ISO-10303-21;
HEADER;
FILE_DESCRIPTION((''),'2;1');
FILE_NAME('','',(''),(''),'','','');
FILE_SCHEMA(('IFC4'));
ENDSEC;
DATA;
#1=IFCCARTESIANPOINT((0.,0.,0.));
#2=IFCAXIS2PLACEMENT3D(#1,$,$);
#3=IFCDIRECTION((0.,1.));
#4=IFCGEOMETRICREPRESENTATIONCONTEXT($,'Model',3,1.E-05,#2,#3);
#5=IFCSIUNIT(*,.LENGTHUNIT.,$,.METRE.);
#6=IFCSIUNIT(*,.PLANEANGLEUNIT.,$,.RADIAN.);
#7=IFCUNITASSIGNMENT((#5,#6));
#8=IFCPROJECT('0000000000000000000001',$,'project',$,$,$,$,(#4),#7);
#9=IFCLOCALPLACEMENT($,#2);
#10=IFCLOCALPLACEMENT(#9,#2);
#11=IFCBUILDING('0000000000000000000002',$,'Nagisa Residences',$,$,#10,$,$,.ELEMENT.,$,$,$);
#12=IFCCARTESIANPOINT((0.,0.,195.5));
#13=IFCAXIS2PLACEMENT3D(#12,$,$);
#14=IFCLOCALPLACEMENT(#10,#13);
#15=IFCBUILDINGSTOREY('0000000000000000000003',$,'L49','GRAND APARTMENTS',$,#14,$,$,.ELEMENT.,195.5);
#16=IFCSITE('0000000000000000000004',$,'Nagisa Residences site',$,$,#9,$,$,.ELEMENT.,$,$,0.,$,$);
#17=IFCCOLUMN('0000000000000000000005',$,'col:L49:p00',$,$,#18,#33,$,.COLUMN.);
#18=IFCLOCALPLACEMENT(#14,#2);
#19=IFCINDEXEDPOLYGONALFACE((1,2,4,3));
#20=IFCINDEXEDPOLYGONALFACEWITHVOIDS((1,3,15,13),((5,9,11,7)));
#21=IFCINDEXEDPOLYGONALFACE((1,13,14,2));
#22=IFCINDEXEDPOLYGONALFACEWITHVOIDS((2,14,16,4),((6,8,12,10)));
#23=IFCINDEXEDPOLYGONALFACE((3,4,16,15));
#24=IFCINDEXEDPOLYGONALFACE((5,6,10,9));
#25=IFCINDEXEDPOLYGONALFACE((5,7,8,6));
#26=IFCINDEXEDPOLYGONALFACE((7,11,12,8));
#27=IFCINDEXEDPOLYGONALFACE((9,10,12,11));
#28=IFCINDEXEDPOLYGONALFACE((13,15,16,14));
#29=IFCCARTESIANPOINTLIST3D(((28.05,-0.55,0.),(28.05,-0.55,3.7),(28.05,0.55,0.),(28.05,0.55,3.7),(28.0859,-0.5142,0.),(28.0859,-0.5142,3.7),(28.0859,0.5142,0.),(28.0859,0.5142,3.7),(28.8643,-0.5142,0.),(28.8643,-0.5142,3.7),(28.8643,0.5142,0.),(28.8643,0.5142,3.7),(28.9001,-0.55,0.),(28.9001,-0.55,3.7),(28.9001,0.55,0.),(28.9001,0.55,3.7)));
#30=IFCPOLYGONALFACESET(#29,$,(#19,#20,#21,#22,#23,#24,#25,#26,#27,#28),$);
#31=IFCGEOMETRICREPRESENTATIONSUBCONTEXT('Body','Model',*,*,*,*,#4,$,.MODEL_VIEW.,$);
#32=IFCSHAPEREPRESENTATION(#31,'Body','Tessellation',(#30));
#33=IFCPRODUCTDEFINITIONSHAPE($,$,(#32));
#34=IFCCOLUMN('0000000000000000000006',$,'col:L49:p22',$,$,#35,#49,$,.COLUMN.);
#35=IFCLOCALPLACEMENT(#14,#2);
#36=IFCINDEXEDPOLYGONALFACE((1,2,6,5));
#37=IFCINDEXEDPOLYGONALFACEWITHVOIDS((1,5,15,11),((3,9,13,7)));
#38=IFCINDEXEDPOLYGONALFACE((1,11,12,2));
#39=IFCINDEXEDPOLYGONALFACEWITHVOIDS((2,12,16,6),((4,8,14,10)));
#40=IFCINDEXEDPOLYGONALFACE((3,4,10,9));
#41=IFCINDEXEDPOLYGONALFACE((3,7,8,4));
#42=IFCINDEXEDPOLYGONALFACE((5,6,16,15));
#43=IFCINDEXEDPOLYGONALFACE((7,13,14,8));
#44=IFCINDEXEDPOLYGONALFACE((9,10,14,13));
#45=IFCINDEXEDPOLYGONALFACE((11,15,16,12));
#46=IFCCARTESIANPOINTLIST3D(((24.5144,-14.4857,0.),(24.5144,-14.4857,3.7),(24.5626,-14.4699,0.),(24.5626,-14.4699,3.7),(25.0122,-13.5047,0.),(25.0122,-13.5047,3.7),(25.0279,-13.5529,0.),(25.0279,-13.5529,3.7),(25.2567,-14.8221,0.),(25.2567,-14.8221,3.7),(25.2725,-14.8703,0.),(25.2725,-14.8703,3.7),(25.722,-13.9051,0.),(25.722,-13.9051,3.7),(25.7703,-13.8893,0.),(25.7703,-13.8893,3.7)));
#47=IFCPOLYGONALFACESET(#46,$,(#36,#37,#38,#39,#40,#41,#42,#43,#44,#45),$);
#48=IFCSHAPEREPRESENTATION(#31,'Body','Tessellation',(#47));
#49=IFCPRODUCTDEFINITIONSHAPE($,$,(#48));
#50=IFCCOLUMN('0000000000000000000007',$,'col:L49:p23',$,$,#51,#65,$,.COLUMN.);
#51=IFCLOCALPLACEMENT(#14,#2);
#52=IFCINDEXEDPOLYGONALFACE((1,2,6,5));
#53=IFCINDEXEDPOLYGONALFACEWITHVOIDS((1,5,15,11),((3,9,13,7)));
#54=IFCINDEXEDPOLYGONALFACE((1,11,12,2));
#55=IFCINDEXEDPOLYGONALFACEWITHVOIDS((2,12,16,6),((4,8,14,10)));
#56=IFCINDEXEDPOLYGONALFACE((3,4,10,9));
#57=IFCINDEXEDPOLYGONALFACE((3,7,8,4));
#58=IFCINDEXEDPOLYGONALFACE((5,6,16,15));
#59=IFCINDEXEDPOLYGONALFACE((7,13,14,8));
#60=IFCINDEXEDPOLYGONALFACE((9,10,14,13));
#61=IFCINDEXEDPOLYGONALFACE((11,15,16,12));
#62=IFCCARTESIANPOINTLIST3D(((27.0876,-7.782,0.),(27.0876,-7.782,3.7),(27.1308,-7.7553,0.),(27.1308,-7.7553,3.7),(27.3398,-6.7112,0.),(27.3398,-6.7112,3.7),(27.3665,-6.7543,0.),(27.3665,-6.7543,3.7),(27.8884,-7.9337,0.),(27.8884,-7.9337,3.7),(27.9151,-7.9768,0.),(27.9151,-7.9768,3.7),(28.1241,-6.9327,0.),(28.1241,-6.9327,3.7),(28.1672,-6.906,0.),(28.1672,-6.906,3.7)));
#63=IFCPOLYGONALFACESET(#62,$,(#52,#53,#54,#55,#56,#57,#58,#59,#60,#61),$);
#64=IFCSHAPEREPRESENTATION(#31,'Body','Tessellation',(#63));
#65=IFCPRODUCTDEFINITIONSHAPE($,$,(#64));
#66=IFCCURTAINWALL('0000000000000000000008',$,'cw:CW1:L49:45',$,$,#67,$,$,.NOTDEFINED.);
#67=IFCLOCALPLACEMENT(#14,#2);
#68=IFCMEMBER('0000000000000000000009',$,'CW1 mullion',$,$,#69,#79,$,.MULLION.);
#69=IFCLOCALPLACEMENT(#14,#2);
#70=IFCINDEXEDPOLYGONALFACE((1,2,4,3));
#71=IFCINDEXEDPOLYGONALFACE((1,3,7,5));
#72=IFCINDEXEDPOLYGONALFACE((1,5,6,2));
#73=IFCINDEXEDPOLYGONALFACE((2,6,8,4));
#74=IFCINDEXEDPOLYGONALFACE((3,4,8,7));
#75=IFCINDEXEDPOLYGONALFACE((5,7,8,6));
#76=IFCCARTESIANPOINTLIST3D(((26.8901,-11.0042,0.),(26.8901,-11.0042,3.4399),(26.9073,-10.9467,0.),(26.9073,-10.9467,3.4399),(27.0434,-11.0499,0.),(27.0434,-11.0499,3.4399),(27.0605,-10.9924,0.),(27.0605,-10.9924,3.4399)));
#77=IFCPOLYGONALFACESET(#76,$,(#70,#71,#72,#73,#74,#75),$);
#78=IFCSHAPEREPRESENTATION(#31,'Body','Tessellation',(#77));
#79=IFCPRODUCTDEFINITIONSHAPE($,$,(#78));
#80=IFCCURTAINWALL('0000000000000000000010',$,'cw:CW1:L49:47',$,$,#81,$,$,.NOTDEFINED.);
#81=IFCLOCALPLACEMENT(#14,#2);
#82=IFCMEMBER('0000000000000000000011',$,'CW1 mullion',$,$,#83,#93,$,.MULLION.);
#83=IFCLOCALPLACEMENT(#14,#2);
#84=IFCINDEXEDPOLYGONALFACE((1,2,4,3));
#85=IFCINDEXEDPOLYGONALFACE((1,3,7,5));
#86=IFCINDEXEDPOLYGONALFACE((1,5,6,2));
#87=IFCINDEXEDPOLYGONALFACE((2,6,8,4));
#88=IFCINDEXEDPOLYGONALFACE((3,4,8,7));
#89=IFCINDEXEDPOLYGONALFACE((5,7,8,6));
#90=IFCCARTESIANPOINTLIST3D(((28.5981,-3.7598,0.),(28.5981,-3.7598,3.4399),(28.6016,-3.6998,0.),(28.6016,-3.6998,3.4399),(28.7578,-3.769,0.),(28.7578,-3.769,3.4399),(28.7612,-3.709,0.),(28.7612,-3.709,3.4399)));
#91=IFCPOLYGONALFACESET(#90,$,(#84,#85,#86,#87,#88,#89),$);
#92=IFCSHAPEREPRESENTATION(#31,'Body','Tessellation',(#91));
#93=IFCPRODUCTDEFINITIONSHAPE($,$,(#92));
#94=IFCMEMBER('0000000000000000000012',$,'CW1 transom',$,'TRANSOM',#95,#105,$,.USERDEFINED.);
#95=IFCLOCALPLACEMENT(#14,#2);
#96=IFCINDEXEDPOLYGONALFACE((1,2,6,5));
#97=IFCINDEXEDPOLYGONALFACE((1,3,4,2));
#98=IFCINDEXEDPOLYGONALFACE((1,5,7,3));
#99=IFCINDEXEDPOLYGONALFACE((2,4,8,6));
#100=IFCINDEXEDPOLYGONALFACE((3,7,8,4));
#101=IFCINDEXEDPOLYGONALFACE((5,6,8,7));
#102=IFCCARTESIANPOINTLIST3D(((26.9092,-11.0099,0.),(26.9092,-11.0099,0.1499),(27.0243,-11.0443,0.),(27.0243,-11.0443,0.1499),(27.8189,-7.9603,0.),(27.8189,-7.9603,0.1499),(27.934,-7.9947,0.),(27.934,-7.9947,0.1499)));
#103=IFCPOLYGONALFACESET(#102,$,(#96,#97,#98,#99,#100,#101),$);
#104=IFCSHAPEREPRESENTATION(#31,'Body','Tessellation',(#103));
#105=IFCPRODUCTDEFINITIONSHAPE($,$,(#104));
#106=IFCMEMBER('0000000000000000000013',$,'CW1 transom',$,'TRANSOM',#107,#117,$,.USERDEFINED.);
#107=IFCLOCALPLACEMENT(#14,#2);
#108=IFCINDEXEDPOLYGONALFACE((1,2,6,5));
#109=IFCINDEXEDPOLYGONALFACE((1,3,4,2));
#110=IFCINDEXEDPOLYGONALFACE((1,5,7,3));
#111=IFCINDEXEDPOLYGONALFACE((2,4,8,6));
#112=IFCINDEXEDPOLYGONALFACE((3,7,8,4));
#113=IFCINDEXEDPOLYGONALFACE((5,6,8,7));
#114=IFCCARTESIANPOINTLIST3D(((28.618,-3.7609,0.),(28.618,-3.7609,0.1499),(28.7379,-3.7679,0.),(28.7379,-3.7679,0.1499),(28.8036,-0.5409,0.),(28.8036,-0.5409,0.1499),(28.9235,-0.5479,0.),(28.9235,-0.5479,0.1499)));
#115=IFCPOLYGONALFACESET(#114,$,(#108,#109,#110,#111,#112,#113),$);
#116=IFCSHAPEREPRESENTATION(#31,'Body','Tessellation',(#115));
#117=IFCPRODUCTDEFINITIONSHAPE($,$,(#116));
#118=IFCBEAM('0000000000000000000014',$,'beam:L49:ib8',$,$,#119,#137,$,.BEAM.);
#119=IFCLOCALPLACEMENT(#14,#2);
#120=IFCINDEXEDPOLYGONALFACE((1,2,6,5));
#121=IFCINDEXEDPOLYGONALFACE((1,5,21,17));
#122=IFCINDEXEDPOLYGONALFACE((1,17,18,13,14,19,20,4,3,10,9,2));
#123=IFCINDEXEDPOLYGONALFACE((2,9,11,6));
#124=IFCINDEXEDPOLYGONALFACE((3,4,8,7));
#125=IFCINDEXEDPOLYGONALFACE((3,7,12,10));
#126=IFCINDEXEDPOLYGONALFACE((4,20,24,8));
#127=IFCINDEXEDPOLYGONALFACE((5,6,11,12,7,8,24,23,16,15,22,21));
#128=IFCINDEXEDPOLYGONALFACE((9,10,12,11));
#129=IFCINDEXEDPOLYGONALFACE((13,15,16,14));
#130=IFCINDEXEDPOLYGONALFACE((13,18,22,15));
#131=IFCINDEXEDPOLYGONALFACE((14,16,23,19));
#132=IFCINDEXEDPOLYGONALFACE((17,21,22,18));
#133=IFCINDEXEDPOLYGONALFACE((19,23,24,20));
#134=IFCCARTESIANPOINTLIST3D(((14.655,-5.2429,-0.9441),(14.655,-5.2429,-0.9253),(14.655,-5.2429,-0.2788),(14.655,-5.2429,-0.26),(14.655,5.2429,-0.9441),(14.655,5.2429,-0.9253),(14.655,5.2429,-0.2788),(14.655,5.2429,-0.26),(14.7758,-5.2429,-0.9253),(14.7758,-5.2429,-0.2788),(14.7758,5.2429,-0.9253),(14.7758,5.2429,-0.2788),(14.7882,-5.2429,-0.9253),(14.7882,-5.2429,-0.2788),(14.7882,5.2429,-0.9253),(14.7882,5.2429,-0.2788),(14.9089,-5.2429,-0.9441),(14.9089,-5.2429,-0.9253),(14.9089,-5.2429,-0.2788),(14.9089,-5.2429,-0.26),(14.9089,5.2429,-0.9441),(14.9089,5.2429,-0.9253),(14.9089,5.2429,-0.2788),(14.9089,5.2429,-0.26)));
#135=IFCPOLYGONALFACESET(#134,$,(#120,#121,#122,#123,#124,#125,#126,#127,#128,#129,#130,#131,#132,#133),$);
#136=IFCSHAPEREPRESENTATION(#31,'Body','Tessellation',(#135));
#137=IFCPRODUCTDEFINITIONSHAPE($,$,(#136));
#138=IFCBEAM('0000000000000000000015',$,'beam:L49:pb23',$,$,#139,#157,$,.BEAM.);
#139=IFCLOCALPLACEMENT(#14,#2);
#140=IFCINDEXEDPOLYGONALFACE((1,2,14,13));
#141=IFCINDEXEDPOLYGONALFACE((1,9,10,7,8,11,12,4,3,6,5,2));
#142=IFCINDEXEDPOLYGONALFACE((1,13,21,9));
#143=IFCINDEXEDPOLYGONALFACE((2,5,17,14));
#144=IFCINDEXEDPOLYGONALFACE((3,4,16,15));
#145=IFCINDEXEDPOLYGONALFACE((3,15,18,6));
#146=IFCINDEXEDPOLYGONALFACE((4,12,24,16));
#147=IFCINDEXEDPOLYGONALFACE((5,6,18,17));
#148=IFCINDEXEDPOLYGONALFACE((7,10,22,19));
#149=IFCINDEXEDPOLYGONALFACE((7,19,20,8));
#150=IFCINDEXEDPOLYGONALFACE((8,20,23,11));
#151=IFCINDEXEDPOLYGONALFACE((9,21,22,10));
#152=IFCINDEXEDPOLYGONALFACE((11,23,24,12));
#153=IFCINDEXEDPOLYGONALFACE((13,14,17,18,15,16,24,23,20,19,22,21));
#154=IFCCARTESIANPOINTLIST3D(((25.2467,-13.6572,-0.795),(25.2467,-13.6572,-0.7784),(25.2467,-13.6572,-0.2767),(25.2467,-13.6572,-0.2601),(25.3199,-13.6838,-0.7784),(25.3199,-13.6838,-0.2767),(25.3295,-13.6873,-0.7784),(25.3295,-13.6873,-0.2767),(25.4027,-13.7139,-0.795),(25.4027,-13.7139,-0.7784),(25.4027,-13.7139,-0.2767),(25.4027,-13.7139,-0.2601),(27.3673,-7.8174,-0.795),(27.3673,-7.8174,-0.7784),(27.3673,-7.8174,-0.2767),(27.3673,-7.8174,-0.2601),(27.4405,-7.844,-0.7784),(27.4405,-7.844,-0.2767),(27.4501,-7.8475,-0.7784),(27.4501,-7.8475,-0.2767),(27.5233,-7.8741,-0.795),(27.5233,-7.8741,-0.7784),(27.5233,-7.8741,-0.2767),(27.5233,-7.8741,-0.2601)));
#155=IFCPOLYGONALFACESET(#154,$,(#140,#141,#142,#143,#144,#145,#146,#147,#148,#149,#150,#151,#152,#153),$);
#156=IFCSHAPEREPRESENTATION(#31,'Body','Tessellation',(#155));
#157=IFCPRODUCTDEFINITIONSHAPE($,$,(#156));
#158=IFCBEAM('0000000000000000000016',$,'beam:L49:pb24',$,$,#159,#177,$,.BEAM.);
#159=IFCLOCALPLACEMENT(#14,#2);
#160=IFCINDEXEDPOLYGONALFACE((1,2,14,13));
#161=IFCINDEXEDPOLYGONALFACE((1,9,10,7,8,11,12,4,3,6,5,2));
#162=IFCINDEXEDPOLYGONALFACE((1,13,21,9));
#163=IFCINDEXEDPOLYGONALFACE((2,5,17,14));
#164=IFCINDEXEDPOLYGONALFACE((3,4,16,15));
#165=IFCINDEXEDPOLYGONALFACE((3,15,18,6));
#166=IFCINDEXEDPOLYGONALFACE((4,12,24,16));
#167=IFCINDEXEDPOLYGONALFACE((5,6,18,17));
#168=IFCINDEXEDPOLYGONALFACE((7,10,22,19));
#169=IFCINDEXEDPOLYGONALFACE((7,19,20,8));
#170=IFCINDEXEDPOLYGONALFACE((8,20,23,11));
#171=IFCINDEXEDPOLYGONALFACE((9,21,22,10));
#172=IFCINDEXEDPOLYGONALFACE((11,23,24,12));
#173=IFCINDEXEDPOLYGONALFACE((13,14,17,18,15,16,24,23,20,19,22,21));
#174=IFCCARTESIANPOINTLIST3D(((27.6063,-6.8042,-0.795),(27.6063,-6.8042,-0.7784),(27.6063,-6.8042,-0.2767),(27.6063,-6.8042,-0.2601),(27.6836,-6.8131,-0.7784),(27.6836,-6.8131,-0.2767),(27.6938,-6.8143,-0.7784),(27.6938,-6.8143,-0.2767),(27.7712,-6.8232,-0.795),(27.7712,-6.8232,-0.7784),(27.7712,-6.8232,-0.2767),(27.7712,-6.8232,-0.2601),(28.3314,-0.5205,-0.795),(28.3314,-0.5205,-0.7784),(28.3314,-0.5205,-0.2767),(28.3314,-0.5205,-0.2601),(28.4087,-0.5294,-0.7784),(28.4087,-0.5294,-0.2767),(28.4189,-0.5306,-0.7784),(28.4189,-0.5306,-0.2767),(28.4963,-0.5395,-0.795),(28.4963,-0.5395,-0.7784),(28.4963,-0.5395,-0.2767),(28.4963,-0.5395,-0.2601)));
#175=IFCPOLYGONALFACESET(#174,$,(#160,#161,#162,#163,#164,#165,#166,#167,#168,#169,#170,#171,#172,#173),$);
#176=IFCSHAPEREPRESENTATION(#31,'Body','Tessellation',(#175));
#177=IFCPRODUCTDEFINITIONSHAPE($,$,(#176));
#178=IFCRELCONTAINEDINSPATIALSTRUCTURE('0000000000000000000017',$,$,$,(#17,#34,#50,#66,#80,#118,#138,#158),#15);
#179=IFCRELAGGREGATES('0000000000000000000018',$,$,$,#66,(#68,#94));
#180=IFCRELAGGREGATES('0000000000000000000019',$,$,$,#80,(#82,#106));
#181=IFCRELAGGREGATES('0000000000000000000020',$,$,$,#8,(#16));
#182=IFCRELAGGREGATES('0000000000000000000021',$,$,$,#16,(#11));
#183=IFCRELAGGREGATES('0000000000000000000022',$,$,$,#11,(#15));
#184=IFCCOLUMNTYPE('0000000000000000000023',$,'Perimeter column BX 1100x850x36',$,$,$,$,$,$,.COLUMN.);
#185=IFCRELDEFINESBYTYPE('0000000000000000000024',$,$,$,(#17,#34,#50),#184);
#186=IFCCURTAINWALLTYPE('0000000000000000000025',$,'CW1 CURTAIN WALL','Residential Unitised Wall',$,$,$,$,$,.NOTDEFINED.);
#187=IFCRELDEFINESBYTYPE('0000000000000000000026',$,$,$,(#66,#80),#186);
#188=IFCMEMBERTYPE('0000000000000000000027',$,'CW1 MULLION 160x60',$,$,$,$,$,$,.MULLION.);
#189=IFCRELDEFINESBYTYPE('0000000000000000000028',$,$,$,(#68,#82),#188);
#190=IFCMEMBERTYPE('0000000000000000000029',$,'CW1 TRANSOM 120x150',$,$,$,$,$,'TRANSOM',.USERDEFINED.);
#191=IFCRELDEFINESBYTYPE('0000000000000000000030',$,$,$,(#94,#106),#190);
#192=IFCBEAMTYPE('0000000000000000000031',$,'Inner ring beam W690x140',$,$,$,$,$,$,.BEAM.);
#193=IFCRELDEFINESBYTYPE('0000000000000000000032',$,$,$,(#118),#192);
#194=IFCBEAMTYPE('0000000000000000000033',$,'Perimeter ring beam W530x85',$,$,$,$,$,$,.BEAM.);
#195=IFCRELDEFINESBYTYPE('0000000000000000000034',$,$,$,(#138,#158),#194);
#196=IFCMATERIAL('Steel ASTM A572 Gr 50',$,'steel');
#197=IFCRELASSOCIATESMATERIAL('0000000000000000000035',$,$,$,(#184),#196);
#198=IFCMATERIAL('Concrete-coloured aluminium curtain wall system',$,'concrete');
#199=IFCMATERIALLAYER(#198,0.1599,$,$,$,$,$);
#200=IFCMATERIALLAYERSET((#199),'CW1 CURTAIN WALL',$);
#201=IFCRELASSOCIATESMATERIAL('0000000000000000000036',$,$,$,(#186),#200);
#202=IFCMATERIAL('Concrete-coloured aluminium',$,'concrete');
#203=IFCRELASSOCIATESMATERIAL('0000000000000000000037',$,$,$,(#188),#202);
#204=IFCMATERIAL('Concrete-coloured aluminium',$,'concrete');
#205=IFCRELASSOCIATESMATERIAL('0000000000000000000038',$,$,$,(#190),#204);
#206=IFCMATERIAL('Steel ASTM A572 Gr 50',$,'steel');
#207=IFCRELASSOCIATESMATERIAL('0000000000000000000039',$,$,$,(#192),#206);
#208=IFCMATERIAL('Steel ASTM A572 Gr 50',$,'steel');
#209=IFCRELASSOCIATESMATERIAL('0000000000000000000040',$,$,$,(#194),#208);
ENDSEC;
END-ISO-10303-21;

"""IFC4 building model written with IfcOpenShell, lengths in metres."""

from ifc_helpers import new_model, si_unit, direction, frame, origin, origin_2d, place, context, subcontext, project, spatial, rectangle, hollow_rectangle, i_section, extrude, material, layer, layer_set, material_profile, profile_set, type_object, element, aggregate, save


model = new_model("IFC4")

# Units and contexts
model_context = context("Model", 3, precision=1e-05, world=origin(), true_north=direction((0.0, 1.0)))
body_context = subcontext(model_context, "Body", "Model", "MODEL_VIEW")
ifc_project = project(units=[si_unit("LENGTHUNIT", "METRE"), si_unit("PLANEANGLEUNIT", "RADIAN")], contexts=[model_context])

# Site, building, storey
site_placement = place(None, origin())
site = spatial("IfcSite", under=ifc_project, at=site_placement, Name="Nagisa Residences site", CompositionType="ELEMENT", RefElevation=0.0)
building_placement = place(site_placement, origin())
building = spatial("IfcBuilding", under=site, at=building_placement, Name="Nagisa Residences", CompositionType="ELEMENT")
storey_placement = place(building_placement, frame((0.0, 0.0, 195.5)))
storey = spatial("IfcBuildingStorey", under=building, at=storey_placement, Name="L49", Description="GRAND APARTMENTS", CompositionType="ELEMENT", Elevation=195.5)

# Columns
ifc_material_1 = material(Name="Steel ASTM A572 Gr 50", Category="steel")
ifc_material_profile_1 = material_profile(ifc_material_1, hollow_rectangle(XDim=1.1001, YDim=0.8501, WallThickness=0.0359, at=origin_2d()), Name="BX 1100x850x36")
ifc_profile_set_1 = profile_set([ifc_material_profile_1], Name="Steel ASTM A572 Gr 50")
column_type = type_object("IfcColumnType", Name="Perimeter column BX 1100x850x36", PredefinedType="COLUMN", material=ifc_profile_set_1)
for number, where, z_axis, x_axis, name in (
    (1, (28.4751, 0.0, 0.0), (0.0, 0.0, 1.0), (0.0, 1.0, 0.0), "col:L49:p00"),
    (2, (25.1423, -14.1875, 0.0), (0.0, 0.0, 1.0), (0.452463, 0.891783, 0.0), "col:L49:p22"),
    (3, (27.6274, -7.344, 0.0), (0.0, 0.0, 1.0), (0.229202, 0.973379, 0.0), "col:L49:p23"),
):
    element("IfcColumn", number, at=place(storey_placement, frame(where, z_axis=z_axis, x_axis=x_axis)), inside=storey, type_object=column_type, Name=name, PredefinedType="COLUMN", context=body_context, shape_type="SweptSolid", body=[
        extrude(hollow_rectangle(XDim=1.1001, YDim=0.8501, WallThickness=0.0359, at=origin_2d()), origin(), (0.0, 0.0, 1.0), 3.7),
    ])

# Curtain walls, members
ifc_material_2 = material(Name="Concrete-coloured aluminium curtain wall system", Category="concrete")
ifc_layer_1 = layer(ifc_material_2, 0.1599)
ifc_layer_set_1 = layer_set([ifc_layer_1], Name="CW1 CURTAIN WALL")
curtain_wall_type = type_object("IfcCurtainWallType", Name="CW1 CURTAIN WALL", Description="Residential Unitised Wall", PredefinedType="NOTDEFINED", material=ifc_layer_set_1)
curtain_wall_1_placement = place(storey_placement, origin())
curtain_wall_1 = element("IfcCurtainWall", 4, at=curtain_wall_1_placement, inside=storey, type_object=curtain_wall_type, Name="cw:CW1:L49:45", PredefinedType="NOTDEFINED")
ifc_material_3 = material(Name="Concrete-coloured aluminium", Category="concrete")
ifc_material_profile_2 = material_profile(ifc_material_3, rectangle(XDim=0.1599, YDim=0.0601, at=origin_2d()), Name="CW1 MULLION 160x60")
ifc_profile_set_2 = profile_set([ifc_material_profile_2], Name="Concrete-coloured aluminium")
member_type_1 = type_object("IfcMemberType", Name="CW1 MULLION 160x60", PredefinedType="MULLION", material=ifc_profile_set_2)
member_1_placement = place(storey_placement, frame((26.9753, -10.9983, 0.0), z_axis=(0.0, 0.0, 1.0), x_axis=(-0.958271, 0.28586, 0.0)))
member_1 = element("IfcMember", 5, at=member_1_placement, type_object=member_type_1, Name="CW1 mullion", PredefinedType="MULLION", context=body_context, shape_type="SweptSolid", body=[
    extrude(rectangle(XDim=0.1599, YDim=0.0601, at=origin_2d()), origin(), (0.0, 0.0, 1.0), 3.4399),
])
curtain_wall_2_placement = place(storey_placement, origin())
curtain_wall_2 = element("IfcCurtainWall", 6, at=curtain_wall_2_placement, inside=storey, type_object=curtain_wall_type, Name="cw:CW1:L49:47", PredefinedType="NOTDEFINED")
member_2_placement = place(storey_placement, frame((28.6797, -3.7344, 0.0), z_axis=(0.0, 0.0, 1.0), x_axis=(-0.998345, 0.057503, 0.0)))
member_2 = element("IfcMember", 7, at=member_2_placement, type_object=member_type_1, Name="CW1 mullion", PredefinedType="MULLION", context=body_context, shape_type="SweptSolid", body=[
    extrude(rectangle(XDim=0.1599, YDim=0.0601, at=origin_2d()), origin(), (0.0, 0.0, 1.0), 3.4399),
])

# Members
ifc_material_4 = material(Name="Concrete-coloured aluminium", Category="concrete")
ifc_material_profile_3 = material_profile(ifc_material_4, rectangle(XDim=0.1201, YDim=0.1499, at=origin_2d()), Name="CW1 TRANSOM 120x150")
ifc_profile_set_3 = profile_set([ifc_material_profile_3], Name="Concrete-coloured aluminium")
member_type_2 = type_object("IfcMemberType", Name="CW1 TRANSOM 120x150", ElementType="TRANSOM", PredefinedType="USERDEFINED", material=ifc_profile_set_3)
member_3_placement = place(storey_placement, frame((26.9668, -11.0271, 0.075), z_axis=(0.285848, 0.958275, 0.0), x_axis=(-0.958275, 0.285848, 0.0)))
member_3 = element("IfcMember", 8, at=member_3_placement, type_object=member_type_2, Name="CW1 transom", ObjectType="TRANSOM", PredefinedType="USERDEFINED", context=body_context, shape_type="SweptSolid", body=[
    extrude(rectangle(XDim=0.1201, YDim=0.1499, at=origin_2d()), origin(), (0.0, 0.0, 1.0), 3.1824),
])
member_4_placement = place(storey_placement, frame((28.678, -3.7644, 0.075), z_axis=(0.057528, 0.998344, 0.0), x_axis=(-0.998344, 0.057528, 0.0)))
member_4 = element("IfcMember", 9, at=member_4_placement, type_object=member_type_2, Name="CW1 transom", ObjectType="TRANSOM", PredefinedType="USERDEFINED", context=body_context, shape_type="SweptSolid", body=[
    extrude(rectangle(XDim=0.1201, YDim=0.1499, at=origin_2d()), origin(), (0.0, 0.0, 1.0), 3.2253),
])

# Beams
ifc_material_5 = material(Name="Steel ASTM A572 Gr 50", Category="steel")
ifc_material_profile_4 = material_profile(ifc_material_5, i_section(OverallWidth=0.2539, OverallDepth=0.6841, WebThickness=0.0125, FlangeThickness=0.0188, at=origin_2d()), Name="W690x140")
ifc_profile_set_4 = profile_set([ifc_material_profile_4], Name="Steel ASTM A572 Gr 50")
beam_type_1 = type_object("IfcBeamType", Name="Inner ring beam W690x140", PredefinedType="BEAM", material=ifc_profile_set_4)
beam_1_placement = place(storey_placement, frame((14.782, -5.2429, -0.6021), z_axis=(0.0, 1.0, 0.0), x_axis=(-1.0, 0.0, 0.0)))
element("IfcBeam", 10, at=beam_1_placement, inside=storey, type_object=beam_type_1, Name="beam:L49:ib8", PredefinedType="BEAM", context=body_context, shape_type="SweptSolid", body=[
    extrude(i_section(OverallWidth=0.2539, OverallDepth=0.6841, WebThickness=0.0125, FlangeThickness=0.0188, at=origin_2d()), origin(), (0.0, 0.0, 1.0), 10.4858),
])
ifc_material_6 = material(Name="Steel ASTM A572 Gr 50", Category="steel")
ifc_material_profile_5 = material_profile(ifc_material_6, i_section(OverallWidth=0.166, OverallDepth=0.5349, WebThickness=0.0103, FlangeThickness=0.0166, at=origin_2d()), Name="W530x85")
ifc_profile_set_5 = profile_set([ifc_material_profile_5], Name="Steel ASTM A572 Gr 50")
beam_type_2 = type_object("IfcBeamType", Name="Perimeter ring beam W530x85", PredefinedType="BEAM", material=ifc_profile_set_5)
beam_2_placement = place(storey_placement, frame((25.3247, -13.6855, -0.5276), z_axis=(0.34132, 0.939947, 0.0), x_axis=(-0.939947, 0.34132, 0.0)))
element("IfcBeam", 11, at=beam_2_placement, inside=storey, type_object=beam_type_2, Name="beam:L49:pb23", PredefinedType="BEAM", context=body_context, shape_type="SweptSolid", body=[
    extrude(i_section(OverallWidth=0.166, OverallDepth=0.5349, WebThickness=0.0103, FlangeThickness=0.0166, at=origin_2d()), origin(), (0.0, 0.0, 1.0), 6.2129),
])
beam_3_placement = place(storey_placement, frame((27.6887, -6.8137, -0.5276), z_axis=(0.114633, 0.993408, 0.0), x_axis=(-0.993408, 0.114633, 0.0)))
element("IfcBeam", 12, at=beam_3_placement, inside=storey, type_object=beam_type_2, Name="beam:L49:pb24", PredefinedType="BEAM", context=body_context, shape_type="SweptSolid", body=[
    extrude(i_section(OverallWidth=0.166, OverallDepth=0.5349, WebThickness=0.0103, FlangeThickness=0.0166, at=origin_2d()), origin(), (0.0, 0.0, 1.0), 6.3254),
])

aggregate(curtain_wall_1, [member_1, member_3])
aggregate(curtain_wall_2, [member_2, member_4])

save(model, "model.ifc")
